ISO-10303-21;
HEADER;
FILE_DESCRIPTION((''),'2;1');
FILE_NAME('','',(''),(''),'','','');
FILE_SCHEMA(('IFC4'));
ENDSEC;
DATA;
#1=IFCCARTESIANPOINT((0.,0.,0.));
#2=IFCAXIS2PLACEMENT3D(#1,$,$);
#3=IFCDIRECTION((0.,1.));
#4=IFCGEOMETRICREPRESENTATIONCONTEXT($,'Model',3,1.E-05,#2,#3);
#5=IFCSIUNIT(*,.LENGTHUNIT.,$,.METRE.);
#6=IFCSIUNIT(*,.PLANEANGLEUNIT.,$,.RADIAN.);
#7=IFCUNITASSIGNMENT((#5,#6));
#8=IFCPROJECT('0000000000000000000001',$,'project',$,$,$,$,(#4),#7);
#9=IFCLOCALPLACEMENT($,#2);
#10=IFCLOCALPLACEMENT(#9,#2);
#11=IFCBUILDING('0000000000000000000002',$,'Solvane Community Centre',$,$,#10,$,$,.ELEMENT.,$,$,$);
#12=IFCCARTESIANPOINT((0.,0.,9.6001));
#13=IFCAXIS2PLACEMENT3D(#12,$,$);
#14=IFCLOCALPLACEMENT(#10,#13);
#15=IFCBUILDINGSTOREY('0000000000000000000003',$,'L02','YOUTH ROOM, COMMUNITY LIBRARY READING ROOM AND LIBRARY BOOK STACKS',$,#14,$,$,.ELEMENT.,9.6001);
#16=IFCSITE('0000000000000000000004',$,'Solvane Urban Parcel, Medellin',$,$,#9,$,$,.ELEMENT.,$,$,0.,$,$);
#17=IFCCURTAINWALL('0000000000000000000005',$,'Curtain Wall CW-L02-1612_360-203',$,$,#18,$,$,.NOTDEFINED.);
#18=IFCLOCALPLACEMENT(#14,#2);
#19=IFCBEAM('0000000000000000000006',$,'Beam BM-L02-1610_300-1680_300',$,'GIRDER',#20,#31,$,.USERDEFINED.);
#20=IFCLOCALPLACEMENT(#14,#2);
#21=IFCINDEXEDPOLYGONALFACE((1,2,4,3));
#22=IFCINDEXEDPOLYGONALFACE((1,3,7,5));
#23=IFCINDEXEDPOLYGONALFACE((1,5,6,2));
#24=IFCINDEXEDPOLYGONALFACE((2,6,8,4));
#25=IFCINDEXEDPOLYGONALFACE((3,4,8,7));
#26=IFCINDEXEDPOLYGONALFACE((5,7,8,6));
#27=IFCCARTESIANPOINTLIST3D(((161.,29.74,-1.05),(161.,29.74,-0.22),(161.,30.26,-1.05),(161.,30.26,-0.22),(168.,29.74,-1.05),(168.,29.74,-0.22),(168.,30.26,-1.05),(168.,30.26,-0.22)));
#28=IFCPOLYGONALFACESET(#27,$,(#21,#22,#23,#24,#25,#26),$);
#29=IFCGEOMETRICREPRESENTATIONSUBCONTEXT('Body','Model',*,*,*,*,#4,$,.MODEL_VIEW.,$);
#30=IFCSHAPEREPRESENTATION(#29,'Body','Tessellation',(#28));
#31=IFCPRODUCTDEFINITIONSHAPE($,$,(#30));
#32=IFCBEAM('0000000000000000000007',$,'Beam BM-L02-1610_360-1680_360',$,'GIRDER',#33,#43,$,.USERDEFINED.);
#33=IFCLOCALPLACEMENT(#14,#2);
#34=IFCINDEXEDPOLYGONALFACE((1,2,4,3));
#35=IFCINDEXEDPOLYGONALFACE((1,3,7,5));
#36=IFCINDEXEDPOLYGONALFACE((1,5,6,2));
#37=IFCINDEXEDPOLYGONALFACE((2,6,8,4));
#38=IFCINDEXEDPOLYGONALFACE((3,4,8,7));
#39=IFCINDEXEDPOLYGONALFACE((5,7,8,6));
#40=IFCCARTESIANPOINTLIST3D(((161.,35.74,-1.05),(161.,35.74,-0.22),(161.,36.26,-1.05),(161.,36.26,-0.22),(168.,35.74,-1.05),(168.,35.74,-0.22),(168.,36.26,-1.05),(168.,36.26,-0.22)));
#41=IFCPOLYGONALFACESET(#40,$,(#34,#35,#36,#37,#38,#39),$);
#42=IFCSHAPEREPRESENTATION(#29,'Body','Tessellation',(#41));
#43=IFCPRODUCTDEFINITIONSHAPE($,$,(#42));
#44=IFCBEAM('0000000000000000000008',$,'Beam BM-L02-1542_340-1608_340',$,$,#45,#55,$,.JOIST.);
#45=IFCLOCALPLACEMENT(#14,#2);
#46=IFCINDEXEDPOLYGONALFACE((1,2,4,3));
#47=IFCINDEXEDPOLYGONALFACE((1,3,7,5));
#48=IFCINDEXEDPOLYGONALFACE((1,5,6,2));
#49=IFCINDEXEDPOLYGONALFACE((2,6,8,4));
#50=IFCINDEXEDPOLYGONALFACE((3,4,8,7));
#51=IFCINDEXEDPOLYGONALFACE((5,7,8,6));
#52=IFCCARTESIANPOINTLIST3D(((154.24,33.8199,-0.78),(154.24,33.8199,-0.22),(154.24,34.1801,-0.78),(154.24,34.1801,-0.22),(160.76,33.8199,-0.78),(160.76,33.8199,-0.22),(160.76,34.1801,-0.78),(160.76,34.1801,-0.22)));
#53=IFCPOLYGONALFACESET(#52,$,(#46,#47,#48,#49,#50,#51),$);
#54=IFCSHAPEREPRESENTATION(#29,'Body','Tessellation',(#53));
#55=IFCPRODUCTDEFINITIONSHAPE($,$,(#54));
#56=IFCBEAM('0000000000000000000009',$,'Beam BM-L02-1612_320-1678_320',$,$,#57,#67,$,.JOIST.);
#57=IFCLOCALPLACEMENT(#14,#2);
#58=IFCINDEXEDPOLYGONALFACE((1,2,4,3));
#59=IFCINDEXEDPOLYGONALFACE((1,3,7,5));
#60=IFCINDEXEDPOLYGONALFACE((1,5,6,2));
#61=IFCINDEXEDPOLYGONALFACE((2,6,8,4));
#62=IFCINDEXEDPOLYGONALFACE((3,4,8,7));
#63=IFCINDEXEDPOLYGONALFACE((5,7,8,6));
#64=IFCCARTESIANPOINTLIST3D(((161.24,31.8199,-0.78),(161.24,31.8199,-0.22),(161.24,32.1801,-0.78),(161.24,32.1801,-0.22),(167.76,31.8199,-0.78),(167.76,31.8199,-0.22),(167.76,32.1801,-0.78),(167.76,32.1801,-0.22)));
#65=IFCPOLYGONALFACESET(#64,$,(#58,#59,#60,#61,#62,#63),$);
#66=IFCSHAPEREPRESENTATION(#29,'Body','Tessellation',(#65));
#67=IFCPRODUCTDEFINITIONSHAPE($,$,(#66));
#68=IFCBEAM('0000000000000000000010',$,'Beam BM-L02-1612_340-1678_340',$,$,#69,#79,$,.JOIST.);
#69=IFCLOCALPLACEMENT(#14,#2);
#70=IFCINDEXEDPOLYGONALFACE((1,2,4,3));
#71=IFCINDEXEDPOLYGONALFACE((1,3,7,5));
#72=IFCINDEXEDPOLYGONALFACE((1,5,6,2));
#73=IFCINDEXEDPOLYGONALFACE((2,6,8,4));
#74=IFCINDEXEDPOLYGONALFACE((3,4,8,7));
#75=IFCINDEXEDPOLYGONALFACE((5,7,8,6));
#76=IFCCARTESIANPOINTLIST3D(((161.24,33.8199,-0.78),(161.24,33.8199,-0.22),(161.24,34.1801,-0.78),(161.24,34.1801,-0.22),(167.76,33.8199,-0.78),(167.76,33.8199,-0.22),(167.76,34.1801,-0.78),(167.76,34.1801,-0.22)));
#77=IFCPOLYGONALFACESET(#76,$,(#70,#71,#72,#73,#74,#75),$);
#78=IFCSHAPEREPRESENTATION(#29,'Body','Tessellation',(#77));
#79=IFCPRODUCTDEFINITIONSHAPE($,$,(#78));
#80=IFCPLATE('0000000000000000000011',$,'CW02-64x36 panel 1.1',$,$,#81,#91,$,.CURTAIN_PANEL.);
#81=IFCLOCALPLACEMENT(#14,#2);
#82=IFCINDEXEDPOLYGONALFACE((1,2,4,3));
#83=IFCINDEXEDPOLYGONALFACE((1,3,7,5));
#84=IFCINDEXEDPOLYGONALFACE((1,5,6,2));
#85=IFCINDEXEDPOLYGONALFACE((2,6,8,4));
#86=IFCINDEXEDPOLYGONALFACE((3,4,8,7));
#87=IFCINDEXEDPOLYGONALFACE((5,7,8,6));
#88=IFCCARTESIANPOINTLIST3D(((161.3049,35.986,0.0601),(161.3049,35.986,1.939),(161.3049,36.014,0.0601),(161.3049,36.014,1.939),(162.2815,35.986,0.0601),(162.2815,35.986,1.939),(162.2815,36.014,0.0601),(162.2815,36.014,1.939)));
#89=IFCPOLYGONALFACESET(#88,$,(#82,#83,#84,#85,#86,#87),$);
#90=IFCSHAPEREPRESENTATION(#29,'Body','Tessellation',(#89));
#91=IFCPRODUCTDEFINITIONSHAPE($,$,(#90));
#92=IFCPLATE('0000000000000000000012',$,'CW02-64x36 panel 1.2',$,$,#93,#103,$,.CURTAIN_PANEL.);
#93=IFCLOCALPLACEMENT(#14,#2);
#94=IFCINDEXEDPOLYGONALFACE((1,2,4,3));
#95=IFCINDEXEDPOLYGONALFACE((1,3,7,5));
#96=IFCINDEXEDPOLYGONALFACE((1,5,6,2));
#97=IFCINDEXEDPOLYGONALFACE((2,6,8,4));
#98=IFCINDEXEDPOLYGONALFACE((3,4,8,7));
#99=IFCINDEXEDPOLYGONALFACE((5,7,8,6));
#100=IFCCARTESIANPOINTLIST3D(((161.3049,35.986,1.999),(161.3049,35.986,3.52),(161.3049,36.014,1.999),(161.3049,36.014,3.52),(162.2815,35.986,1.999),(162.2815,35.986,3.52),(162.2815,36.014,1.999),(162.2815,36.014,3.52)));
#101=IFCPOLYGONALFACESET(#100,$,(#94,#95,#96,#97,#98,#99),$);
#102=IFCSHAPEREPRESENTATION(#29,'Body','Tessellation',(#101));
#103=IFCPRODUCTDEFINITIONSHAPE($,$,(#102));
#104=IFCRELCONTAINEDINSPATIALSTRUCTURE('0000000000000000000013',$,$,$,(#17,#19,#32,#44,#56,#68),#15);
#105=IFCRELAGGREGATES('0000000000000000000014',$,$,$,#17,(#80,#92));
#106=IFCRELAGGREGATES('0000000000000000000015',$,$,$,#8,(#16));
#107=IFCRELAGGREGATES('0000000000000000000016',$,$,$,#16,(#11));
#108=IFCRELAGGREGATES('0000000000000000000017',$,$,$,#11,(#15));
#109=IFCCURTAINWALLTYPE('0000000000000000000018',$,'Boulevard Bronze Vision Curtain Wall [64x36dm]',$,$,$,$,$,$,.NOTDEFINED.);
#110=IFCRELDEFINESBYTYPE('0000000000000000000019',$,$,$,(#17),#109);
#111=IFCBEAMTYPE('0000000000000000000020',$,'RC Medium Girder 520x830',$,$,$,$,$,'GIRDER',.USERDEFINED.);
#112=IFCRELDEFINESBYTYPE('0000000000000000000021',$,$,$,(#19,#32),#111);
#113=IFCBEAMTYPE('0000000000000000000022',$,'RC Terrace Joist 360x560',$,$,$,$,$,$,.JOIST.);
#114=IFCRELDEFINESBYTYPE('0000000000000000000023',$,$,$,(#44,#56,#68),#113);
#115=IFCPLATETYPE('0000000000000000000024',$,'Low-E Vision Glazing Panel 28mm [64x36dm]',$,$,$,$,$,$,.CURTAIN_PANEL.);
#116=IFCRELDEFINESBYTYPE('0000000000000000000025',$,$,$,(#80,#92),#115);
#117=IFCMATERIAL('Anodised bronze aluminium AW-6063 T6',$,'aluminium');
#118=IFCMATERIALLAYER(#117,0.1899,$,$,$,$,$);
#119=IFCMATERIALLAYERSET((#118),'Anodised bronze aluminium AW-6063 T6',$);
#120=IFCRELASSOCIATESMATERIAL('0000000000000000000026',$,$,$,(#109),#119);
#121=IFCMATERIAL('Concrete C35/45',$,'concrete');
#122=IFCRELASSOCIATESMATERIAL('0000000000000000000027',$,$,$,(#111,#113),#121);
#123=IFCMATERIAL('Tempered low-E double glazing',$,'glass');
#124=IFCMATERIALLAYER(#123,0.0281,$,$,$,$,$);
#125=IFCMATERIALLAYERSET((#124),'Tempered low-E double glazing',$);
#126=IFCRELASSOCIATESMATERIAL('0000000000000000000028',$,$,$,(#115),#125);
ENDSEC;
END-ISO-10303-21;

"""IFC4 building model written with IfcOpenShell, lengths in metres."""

from ifc_helpers import new_model, si_unit, direction, frame, origin, origin_2d, place, context, subcontext, project, spatial, rectangle, extrude, material, layer, layer_set, material_profile, profile_set, type_object, element, aggregate, save


model = new_model("IFC4")

# Units and contexts
model_context = context("Model", 3, precision=1e-05, world=origin(), true_north=direction((0.0, 1.0)))
body_context = subcontext(model_context, "Body", "Model", "MODEL_VIEW")
ifc_project = project(units=[si_unit("LENGTHUNIT", "METRE"), si_unit("PLANEANGLEUNIT", "RADIAN")], contexts=[model_context])

# Site, building, storey
site_placement = place(None, origin())
site = spatial("IfcSite", under=ifc_project, at=site_placement, Name="Solvane Urban Parcel, Medellin", CompositionType="ELEMENT", RefElevation=0.0)
building_placement = place(site_placement, origin())
building = spatial("IfcBuilding", under=site, at=building_placement, Name="Solvane Community Centre", CompositionType="ELEMENT")
storey_placement = place(building_placement, frame((0.0, 0.0, 9.6001)))
storey = spatial("IfcBuildingStorey", under=building, at=storey_placement, Name="L02", Description="YOUTH ROOM, COMMUNITY LIBRARY READING ROOM AND LIBRARY BOOK STACKS", CompositionType="ELEMENT", Elevation=9.6001)

# Curtain wall
ifc_material_1 = material(Name="Anodised bronze aluminium AW-6063 T6", Category="aluminium")
ifc_layer_1 = layer(ifc_material_1, 0.1899)
ifc_layer_set_1 = layer_set([ifc_layer_1], Name="Anodised bronze aluminium AW-6063 T6")
curtain_wall_type = type_object("IfcCurtainWallType", Name="Boulevard Bronze Vision Curtain Wall [64x36dm]", PredefinedType="NOTDEFINED", material=ifc_layer_set_1)
curtain_wall_placement = place(storey_placement, origin())
curtain_wall = element("IfcCurtainWall", 1, at=curtain_wall_placement, inside=storey, type_object=curtain_wall_type, Name="Curtain Wall CW-L02-1612_360-203", PredefinedType="NOTDEFINED")

# Beams
ifc_material_2 = material(Name="Concrete C35/45", Category="concrete")
ifc_material_profile_1 = material_profile(ifc_material_2, rectangle(XDim=0.52, YDim=0.8301, at=origin_2d()), Name="RC 520x830")
ifc_profile_set_1 = profile_set([ifc_material_profile_1], Name="Concrete C35/45")
beam_type_1 = type_object("IfcBeamType", Name="RC Medium Girder 520x830", ElementType="GIRDER", PredefinedType="USERDEFINED", material=ifc_profile_set_1)
for number, where, z_axis, x_axis, name in (
    (2, (161.0, 30.0, -0.635), (1.0, 0.0, 0.0), (0.0, 1.0, 0.0), "Beam BM-L02-1610_300-1680_300"),
    (3, (161.0, 36.0, -0.635), (1.0, 0.0, 0.0), (0.0, 1.0, 0.0), "Beam BM-L02-1610_360-1680_360"),
):
    element("IfcBeam", number, at=place(storey_placement, frame(where, z_axis=z_axis, x_axis=x_axis)), inside=storey, type_object=beam_type_1, Name=name, ObjectType="GIRDER", PredefinedType="USERDEFINED", context=body_context, shape_type="SweptSolid", body=[
        extrude(rectangle(XDim=0.52, YDim=0.8301, at=origin_2d()), origin(), (0.0, 0.0, 1.0), 7.0),
    ])
ifc_material_profile_2 = material_profile(ifc_material_2, rectangle(XDim=0.3601, YDim=0.5601, at=origin_2d()), Name="RC 360x560")
ifc_profile_set_2 = profile_set([ifc_material_profile_2], Name="Concrete C35/45")
beam_type_2 = type_object("IfcBeamType", Name="RC Terrace Joist 360x560", PredefinedType="JOIST", material=ifc_profile_set_2)
for number, where, z_axis, x_axis, name in (
    (4, (154.24, 34.0, -0.5), (1.0, 0.0, 0.0), (0.0, 1.0, 0.0), "Beam BM-L02-1542_340-1608_340"),
    (5, (161.24, 32.0, -0.5), (1.0, 0.0, 0.0), (0.0, 1.0, 0.0), "Beam BM-L02-1612_320-1678_320"),
    (6, (161.24, 34.0, -0.5), (1.0, 0.0, 0.0), (0.0, 1.0, 0.0), "Beam BM-L02-1612_340-1678_340"),
):
    element("IfcBeam", number, at=place(storey_placement, frame(where, z_axis=z_axis, x_axis=x_axis)), inside=storey, type_object=beam_type_2, Name=name, PredefinedType="JOIST", context=body_context, shape_type="SweptSolid", body=[
        extrude(rectangle(XDim=0.3601, YDim=0.5601, at=origin_2d()), origin(), (0.0, 0.0, 1.0), 6.52),
    ])

# Plates
ifc_material_3 = material(Name="Tempered low-E double glazing", Category="glass")
ifc_layer_2 = layer(ifc_material_3, 0.0281)
ifc_layer_set_2 = layer_set([ifc_layer_2], Name="Tempered low-E double glazing")
plate_type = type_object("IfcPlateType", Name="Low-E Vision Glazing Panel 28mm [64x36dm]", PredefinedType="CURTAIN_PANEL", material=ifc_layer_set_2)
plate_1_placement = place(storey_placement, frame((161.7932, 36.0, 0.0601), z_axis=(0.0, 0.0, 1.0), x_axis=(1.0, 0.0, 0.0)))
plate_1 = element("IfcPlate", 7, at=plate_1_placement, type_object=plate_type, Name="CW02-64x36 panel 1.1", PredefinedType="CURTAIN_PANEL", context=body_context, shape_type="SweptSolid", body=[
    extrude(rectangle(XDim=0.9766, YDim=0.0281, at=origin_2d()), origin(), (0.0, 0.0, 1.0), 1.8789),
])
plate_2_placement = place(storey_placement, frame((161.7932, 36.0, 1.999), z_axis=(0.0, 0.0, 1.0), x_axis=(1.0, 0.0, 0.0)))
plate_2 = element("IfcPlate", 8, at=plate_2_placement, type_object=plate_type, Name="CW02-64x36 panel 1.2", PredefinedType="CURTAIN_PANEL", context=body_context, shape_type="SweptSolid", body=[
    extrude(rectangle(XDim=0.9766, YDim=0.0281, at=origin_2d()), origin(), (0.0, 0.0, 1.0), 1.521),
])
aggregate(curtain_wall, [plate_1, plate_2])

save(model, "model.ifc")
